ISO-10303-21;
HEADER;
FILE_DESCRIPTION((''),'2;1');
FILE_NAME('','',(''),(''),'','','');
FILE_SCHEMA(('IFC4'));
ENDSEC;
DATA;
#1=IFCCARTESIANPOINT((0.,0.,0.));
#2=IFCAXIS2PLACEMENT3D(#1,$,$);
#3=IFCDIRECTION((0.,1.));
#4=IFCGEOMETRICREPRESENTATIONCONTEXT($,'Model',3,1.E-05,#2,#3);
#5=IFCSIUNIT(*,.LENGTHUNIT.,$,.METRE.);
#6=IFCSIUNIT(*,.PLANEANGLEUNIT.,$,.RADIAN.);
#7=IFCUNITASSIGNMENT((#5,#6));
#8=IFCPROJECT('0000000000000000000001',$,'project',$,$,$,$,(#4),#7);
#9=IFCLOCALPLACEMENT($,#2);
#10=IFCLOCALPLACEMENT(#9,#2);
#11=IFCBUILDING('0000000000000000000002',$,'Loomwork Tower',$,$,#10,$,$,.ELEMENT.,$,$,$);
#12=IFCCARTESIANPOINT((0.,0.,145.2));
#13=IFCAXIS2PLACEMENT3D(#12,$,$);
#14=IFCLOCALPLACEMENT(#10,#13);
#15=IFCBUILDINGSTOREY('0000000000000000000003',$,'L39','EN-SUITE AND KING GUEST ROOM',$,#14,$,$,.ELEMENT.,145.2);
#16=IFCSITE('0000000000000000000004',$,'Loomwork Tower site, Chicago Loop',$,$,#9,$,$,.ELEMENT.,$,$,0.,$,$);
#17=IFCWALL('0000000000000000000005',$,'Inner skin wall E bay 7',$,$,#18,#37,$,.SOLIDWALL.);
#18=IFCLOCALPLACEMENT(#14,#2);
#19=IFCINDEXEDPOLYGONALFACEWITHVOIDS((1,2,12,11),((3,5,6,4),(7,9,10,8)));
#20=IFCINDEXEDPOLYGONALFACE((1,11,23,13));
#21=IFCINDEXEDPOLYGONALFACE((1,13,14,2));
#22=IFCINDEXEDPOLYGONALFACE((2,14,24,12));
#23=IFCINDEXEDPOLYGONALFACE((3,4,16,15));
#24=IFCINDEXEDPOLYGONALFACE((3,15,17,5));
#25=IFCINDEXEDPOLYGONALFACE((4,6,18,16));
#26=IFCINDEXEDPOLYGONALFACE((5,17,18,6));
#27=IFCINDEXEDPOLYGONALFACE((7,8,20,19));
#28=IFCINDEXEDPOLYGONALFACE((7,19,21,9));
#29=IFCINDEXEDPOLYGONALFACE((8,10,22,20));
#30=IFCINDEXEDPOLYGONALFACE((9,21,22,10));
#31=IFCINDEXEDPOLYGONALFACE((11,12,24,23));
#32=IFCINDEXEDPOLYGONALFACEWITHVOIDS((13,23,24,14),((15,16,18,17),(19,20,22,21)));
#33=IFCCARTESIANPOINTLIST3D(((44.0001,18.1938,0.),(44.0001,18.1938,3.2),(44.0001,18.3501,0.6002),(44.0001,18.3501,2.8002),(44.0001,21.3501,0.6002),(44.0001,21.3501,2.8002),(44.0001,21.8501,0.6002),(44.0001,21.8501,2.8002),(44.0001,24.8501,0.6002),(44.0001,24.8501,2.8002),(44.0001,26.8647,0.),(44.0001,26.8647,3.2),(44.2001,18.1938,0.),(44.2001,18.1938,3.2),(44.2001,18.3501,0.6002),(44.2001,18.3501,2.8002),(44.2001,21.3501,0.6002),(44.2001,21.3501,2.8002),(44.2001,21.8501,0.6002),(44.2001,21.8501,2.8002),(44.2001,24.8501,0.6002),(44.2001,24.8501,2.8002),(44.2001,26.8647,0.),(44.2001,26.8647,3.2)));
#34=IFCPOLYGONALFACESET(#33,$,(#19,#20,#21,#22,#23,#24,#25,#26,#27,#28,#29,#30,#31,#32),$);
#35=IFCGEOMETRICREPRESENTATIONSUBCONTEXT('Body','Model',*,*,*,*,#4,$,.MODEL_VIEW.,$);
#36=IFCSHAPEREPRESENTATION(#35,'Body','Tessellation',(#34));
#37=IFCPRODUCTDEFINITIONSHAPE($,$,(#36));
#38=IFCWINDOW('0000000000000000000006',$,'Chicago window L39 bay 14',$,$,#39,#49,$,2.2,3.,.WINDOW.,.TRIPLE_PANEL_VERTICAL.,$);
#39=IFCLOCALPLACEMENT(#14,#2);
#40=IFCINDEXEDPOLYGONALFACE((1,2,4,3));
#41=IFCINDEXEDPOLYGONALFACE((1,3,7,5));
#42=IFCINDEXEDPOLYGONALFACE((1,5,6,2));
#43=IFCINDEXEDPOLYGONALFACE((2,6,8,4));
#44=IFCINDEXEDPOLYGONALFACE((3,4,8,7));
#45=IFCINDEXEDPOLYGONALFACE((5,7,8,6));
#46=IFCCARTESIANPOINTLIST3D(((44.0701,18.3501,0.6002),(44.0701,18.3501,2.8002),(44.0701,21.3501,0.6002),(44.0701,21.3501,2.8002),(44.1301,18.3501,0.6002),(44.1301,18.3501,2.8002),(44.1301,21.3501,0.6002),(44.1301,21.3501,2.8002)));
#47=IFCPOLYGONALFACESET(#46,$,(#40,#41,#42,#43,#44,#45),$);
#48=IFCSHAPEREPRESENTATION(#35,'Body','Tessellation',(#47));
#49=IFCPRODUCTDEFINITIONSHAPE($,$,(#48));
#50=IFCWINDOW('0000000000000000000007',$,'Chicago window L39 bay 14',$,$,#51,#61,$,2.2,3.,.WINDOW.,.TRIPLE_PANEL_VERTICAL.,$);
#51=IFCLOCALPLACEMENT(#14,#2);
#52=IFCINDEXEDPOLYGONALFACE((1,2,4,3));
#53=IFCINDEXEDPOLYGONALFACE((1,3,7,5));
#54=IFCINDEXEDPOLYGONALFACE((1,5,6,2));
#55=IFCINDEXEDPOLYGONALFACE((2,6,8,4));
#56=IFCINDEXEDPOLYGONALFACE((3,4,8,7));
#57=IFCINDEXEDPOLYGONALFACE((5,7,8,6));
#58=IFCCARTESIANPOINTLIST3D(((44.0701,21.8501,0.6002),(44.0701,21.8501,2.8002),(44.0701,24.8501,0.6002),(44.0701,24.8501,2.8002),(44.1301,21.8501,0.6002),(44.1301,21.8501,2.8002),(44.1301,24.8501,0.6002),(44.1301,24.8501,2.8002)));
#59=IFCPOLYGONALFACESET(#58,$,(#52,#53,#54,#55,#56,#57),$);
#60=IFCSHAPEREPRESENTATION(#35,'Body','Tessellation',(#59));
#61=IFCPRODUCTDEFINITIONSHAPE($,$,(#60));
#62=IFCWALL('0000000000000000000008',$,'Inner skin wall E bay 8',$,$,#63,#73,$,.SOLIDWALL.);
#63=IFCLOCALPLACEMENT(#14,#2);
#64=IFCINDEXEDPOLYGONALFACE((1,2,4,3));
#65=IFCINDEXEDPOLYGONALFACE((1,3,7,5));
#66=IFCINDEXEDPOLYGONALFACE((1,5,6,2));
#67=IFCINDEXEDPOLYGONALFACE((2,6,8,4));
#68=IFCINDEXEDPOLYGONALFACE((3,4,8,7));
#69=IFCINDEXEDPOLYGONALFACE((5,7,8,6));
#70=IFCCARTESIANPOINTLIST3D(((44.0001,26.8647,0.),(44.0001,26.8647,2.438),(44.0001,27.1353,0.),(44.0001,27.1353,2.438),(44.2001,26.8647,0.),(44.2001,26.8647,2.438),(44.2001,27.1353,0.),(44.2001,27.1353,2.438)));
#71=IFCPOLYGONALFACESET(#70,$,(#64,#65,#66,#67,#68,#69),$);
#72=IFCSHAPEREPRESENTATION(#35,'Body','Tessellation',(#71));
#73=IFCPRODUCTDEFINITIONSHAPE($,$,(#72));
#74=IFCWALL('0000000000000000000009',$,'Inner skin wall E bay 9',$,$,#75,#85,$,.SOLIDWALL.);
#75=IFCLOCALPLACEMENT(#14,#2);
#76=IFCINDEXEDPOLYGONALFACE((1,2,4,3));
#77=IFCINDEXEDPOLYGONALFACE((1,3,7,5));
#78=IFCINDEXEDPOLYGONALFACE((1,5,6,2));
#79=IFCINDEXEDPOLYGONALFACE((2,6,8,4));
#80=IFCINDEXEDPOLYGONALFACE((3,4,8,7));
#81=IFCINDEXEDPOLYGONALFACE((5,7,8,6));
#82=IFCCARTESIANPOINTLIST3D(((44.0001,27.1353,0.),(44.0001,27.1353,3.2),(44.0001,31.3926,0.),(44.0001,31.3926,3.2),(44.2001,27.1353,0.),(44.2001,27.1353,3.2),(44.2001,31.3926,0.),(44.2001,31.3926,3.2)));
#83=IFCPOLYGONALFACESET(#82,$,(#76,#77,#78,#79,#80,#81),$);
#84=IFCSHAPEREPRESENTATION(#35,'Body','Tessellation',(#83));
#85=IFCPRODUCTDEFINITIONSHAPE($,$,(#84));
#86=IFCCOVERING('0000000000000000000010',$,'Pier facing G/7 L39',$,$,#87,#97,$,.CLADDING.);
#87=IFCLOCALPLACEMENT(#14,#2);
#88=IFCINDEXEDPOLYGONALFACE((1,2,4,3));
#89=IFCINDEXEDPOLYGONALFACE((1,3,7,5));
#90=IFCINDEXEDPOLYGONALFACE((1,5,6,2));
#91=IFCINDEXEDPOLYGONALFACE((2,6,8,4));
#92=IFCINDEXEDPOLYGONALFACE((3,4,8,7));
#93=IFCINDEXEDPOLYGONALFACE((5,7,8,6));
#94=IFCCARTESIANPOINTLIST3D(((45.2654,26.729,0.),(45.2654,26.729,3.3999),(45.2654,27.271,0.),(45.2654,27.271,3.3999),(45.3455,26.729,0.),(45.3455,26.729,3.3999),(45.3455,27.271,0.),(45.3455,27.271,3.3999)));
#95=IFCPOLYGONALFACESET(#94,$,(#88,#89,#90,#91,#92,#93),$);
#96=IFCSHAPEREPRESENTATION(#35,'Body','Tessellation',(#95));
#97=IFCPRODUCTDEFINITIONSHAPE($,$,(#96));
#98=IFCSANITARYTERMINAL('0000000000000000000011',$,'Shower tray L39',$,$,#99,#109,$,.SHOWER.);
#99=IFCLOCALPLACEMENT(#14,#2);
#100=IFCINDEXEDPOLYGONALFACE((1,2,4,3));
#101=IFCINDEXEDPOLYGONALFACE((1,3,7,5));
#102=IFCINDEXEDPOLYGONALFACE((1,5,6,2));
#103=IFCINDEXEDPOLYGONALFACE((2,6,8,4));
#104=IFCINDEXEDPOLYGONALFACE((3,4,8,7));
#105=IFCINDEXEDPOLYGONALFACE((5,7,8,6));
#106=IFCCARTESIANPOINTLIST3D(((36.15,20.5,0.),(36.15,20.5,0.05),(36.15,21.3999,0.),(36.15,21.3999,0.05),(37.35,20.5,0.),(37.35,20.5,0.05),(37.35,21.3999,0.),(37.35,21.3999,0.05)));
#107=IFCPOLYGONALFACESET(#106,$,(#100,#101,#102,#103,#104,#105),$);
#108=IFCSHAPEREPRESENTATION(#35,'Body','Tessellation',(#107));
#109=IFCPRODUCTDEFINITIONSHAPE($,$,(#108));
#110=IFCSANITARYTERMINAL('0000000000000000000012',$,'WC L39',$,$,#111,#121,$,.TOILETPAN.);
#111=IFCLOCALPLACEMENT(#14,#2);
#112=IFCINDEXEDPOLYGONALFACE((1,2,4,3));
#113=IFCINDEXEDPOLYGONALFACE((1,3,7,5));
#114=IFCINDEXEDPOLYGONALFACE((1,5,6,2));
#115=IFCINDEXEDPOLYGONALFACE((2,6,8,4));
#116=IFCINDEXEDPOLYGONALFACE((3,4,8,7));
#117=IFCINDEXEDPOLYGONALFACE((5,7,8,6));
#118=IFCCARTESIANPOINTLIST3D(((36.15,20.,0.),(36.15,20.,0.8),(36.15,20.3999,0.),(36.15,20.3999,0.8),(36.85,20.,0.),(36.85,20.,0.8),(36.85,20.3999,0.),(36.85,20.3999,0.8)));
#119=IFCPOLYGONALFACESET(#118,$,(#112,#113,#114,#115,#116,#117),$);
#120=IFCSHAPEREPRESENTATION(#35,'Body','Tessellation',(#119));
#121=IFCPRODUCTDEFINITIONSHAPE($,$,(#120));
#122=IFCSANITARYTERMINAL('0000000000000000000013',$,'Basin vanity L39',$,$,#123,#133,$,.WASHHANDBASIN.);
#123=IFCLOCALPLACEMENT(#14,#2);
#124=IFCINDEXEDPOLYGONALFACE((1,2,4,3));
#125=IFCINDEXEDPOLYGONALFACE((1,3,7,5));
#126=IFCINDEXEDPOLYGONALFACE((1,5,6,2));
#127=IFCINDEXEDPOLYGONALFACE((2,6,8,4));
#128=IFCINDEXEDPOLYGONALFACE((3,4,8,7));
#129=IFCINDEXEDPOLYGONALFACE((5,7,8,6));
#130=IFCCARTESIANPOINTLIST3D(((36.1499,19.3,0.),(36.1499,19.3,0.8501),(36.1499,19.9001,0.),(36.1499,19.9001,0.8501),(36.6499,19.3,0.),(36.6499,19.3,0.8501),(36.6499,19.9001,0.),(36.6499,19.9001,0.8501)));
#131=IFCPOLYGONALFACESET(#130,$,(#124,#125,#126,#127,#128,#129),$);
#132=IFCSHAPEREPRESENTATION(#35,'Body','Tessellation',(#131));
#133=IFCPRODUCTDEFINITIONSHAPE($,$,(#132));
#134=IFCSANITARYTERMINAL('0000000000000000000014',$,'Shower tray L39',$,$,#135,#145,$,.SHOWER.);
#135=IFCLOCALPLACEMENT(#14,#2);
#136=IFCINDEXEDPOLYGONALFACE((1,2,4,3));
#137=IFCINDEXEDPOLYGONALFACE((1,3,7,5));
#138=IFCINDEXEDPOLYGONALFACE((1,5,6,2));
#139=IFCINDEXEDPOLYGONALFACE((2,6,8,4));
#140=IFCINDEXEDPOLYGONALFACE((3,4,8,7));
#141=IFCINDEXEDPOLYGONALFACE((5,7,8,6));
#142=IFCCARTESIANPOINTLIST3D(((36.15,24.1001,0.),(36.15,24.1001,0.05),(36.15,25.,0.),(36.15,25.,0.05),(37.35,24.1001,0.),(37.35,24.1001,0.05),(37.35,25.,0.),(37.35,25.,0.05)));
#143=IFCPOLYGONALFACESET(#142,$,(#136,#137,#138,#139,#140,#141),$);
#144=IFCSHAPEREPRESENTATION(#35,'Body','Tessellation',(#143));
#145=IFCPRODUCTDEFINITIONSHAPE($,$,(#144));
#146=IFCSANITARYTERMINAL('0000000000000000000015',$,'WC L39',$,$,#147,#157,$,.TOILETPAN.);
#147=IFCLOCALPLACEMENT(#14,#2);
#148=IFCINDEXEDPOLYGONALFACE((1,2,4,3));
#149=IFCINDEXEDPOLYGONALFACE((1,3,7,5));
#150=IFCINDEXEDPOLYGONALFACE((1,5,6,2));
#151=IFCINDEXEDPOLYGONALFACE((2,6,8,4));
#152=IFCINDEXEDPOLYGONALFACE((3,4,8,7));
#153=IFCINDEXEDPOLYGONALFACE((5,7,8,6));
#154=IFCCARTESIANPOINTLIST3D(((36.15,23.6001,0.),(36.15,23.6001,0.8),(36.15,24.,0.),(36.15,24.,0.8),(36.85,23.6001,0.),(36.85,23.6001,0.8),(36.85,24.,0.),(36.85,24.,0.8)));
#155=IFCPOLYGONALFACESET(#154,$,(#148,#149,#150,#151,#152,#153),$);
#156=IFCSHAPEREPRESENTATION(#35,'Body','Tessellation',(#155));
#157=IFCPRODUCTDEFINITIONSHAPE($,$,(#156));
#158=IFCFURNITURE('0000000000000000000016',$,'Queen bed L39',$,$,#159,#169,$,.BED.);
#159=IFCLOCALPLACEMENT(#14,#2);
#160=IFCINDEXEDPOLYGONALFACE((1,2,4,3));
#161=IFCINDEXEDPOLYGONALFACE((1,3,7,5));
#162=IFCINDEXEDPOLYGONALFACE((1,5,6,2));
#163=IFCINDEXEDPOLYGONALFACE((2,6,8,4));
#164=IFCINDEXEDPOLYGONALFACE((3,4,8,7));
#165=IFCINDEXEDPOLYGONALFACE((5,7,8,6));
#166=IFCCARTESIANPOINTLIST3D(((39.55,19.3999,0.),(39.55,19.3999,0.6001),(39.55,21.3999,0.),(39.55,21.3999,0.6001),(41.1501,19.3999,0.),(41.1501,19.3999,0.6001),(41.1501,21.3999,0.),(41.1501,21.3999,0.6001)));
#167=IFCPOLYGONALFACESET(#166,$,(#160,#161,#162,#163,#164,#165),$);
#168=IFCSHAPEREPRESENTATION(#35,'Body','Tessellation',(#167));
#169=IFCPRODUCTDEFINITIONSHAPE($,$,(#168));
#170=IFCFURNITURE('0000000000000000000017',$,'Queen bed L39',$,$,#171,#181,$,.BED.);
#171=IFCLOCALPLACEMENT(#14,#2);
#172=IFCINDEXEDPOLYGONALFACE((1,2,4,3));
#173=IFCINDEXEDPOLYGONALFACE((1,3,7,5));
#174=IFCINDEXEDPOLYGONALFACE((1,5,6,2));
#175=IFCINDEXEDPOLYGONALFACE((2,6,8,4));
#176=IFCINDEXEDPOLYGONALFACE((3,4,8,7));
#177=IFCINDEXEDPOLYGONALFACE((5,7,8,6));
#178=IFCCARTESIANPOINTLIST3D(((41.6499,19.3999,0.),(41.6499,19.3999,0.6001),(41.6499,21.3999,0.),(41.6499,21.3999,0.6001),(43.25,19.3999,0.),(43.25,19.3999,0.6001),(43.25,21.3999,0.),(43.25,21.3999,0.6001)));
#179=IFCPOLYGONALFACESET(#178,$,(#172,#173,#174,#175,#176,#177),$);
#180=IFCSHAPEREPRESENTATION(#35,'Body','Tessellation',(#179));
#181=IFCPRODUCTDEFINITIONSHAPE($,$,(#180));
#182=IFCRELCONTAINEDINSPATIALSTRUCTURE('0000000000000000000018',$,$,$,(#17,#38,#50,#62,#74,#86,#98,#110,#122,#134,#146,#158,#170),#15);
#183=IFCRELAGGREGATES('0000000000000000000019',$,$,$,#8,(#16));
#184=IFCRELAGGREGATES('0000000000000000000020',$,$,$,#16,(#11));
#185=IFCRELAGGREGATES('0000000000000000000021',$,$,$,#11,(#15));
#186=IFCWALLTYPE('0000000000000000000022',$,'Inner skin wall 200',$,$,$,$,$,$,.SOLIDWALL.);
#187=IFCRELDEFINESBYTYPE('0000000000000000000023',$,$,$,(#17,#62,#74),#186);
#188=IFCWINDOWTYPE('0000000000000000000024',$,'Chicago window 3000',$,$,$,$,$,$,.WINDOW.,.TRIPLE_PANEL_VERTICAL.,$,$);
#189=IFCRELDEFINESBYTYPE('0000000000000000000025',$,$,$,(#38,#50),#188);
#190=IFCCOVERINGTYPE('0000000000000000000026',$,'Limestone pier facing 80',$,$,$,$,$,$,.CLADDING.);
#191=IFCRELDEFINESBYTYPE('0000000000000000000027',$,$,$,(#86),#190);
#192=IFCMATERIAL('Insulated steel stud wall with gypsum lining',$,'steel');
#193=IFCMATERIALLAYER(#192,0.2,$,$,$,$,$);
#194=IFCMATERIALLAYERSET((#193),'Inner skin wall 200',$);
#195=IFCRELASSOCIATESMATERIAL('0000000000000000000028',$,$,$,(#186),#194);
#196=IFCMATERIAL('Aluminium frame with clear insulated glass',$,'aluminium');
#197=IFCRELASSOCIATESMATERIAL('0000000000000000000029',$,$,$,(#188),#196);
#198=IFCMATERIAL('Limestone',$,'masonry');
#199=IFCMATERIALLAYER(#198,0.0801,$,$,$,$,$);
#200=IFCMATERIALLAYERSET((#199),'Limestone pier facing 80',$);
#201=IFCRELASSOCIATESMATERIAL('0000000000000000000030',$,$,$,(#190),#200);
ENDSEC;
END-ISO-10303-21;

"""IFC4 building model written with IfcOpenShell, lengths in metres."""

from ifc_helpers import new_model, si_unit, direction, frame, frame_2d, origin, origin_2d, place, context, subcontext, project, spatial, rectangle, extrude, material, layer, layer_set, type_object, element, fill, save


model = new_model("IFC4")

# Units and contexts
model_context = context("Model", 3, precision=1e-05, world=origin(), true_north=direction((0.0, 1.0)))
body_context = subcontext(model_context, "Body", "Model", "MODEL_VIEW")
ifc_project = project(units=[si_unit("LENGTHUNIT", "METRE"), si_unit("PLANEANGLEUNIT", "RADIAN")], contexts=[model_context])

# Site, building, storey
site_placement = place(None, origin())
site = spatial("IfcSite", under=ifc_project, at=site_placement, Name="Loomwork Tower site, Chicago Loop", CompositionType="ELEMENT", RefElevation=0.0)
building_placement = place(site_placement, origin())
building = spatial("IfcBuilding", under=site, at=building_placement, Name="Loomwork Tower", CompositionType="ELEMENT")
storey_placement = place(building_placement, frame((0.0, 0.0, 145.2)))
storey = spatial("IfcBuildingStorey", under=building, at=storey_placement, Name="L39", Description="EN-SUITE AND KING GUEST ROOM", CompositionType="ELEMENT", Elevation=145.2)

# Wall, openings, windows
ifc_material_1 = material(Name="Insulated steel stud wall with gypsum lining", Category="steel")
ifc_layer_1 = layer(ifc_material_1, 0.2)
ifc_layer_set_1 = layer_set([ifc_layer_1], Name="Inner skin wall 200")
wall_type_1 = type_object("IfcWallType", Name="Inner skin wall 200", PredefinedType="SOLIDWALL", material=ifc_layer_set_1)
wall_1_placement = place(storey_placement, frame((44.1001, 18.1938, 0.0), z_axis=(0.0, 0.0, 1.0), x_axis=(0.0, 1.0, 0.0)))
wall_1 = element("IfcWall", 1, at=wall_1_placement, inside=storey, type_object=wall_type_1, Name="Inner skin wall E bay 7", PredefinedType="SOLIDWALL", context=body_context, shape_type="SweptSolid", body=[
    extrude(rectangle(XDim=8.6709, YDim=0.2, at=frame_2d((4.3354, 0.0))), origin(), (0.0, 0.0, 1.0), 3.2),
])
opening_1_placement = place(wall_1_placement, frame((0.1562, 0.0, 0.6001)))
opening_1 = element("IfcOpeningElement", 2, at=opening_1_placement, cuts=wall_1, PredefinedType="OPENING", context=body_context, shape_type="SweptSolid", body=[
    extrude(rectangle(XDim=3.0, YDim=2.2, at=frame_2d((1.5, 1.1001))), frame((0.0, 0.1099, 0.0), z_axis=(0.0, -1.0, 0.0), x_axis=(1.0, 0.0, 0.0)), (0.0, 0.0, 1.0), 0.22),
])
opening_2_placement = place(wall_1_placement, frame((3.6562, 0.0, 0.6001)))
opening_2 = element("IfcOpeningElement", 3, at=opening_2_placement, cuts=wall_1, PredefinedType="OPENING", context=body_context, shape_type="SweptSolid", body=[
    extrude(rectangle(XDim=3.0, YDim=2.2, at=frame_2d((1.5, 1.1001))), frame((0.0, 0.1099, 0.0), z_axis=(0.0, -1.0, 0.0), x_axis=(1.0, 0.0, 0.0)), (0.0, 0.0, 1.0), 0.22),
])
ifc_material_2 = material(Name="Aluminium frame with clear insulated glass", Category="aluminium")
window_type = type_object("IfcWindowType", Name="Chicago window 3000", PartitioningType="TRIPLE_PANEL_VERTICAL", PredefinedType="WINDOW", material=ifc_material_2)
window_1_placement = place(opening_1_placement, origin())
window_1 = element("IfcWindow", 4, at=window_1_placement, inside=storey, type_object=window_type, Name="Chicago window L39 bay 14", OverallHeight=2.2, OverallWidth=3.0, PartitioningType="TRIPLE_PANEL_VERTICAL", PredefinedType="WINDOW", context=body_context, shape_type="SweptSolid", body=[
    extrude(rectangle(XDim=3.0, YDim=2.2, at=frame_2d((1.5, 1.1001))), frame((0.0, 0.03, 0.0), z_axis=(0.0, -1.0, 0.0), x_axis=(1.0, 0.0, 0.0)), (0.0, 0.0, 1.0), 0.0601),
])
fill(opening_1, window_1)
window_2_placement = place(opening_2_placement, origin())
window_2 = element("IfcWindow", 5, at=window_2_placement, inside=storey, type_object=window_type, Name="Chicago window L39 bay 14", OverallHeight=2.2, OverallWidth=3.0, PartitioningType="TRIPLE_PANEL_VERTICAL", PredefinedType="WINDOW", context=body_context, shape_type="SweptSolid", body=[
    extrude(rectangle(XDim=3.0, YDim=2.2, at=frame_2d((1.5, 1.1001))), frame((0.0, 0.03, 0.0), z_axis=(0.0, -1.0, 0.0), x_axis=(1.0, 0.0, 0.0)), (0.0, 0.0, 1.0), 0.0601),
])
fill(opening_2, window_2)

# Walls
wall_2_placement = place(storey_placement, frame((44.1001, 26.8647, 0.0), z_axis=(0.0, 0.0, 1.0), x_axis=(0.0, 1.0, 0.0)))
element("IfcWall", 6, at=wall_2_placement, inside=storey, type_object=wall_type_1, Name="Inner skin wall E bay 8", PredefinedType="SOLIDWALL", context=body_context, shape_type="SweptSolid", body=[
    extrude(rectangle(XDim=0.2705, YDim=0.2, at=frame_2d((0.1353, 0.0))), origin(), (0.0, 0.0, 1.0), 2.438),
])
wall_3_placement = place(storey_placement, frame((44.1001, 27.1353, 0.0), z_axis=(0.0, 0.0, 1.0), x_axis=(0.0, 1.0, 0.0)))
element("IfcWall", 7, at=wall_3_placement, inside=storey, type_object=wall_type_1, Name="Inner skin wall E bay 9", PredefinedType="SOLIDWALL", context=body_context, shape_type="SweptSolid", body=[
    extrude(rectangle(XDim=4.2573, YDim=0.2, at=frame_2d((2.1287, 0.0))), origin(), (0.0, 0.0, 1.0), 3.2),
])

# Covering
ifc_material_3 = material(Name="Limestone", Category="masonry")
ifc_layer_2 = layer(ifc_material_3, 0.0801)
ifc_layer_set_2 = layer_set([ifc_layer_2], Name="Limestone pier facing 80")
covering_type = type_object("IfcCoveringType", Name="Limestone pier facing 80", PredefinedType="CLADDING", material=ifc_layer_set_2)
covering_placement = place(storey_placement, frame((45.3054, 27.0, 0.0), z_axis=(0.0, 0.0, 1.0), x_axis=(1.0, 0.0, 0.0)))
element("IfcCovering", 8, at=covering_placement, inside=storey, type_object=covering_type, Name="Pier facing G/7 L39", PredefinedType="CLADDING", context=body_context, shape_type="SweptSolid", body=[
    extrude(rectangle(XDim=0.0801, YDim=0.542, at=origin_2d()), origin(), (0.0, 0.0, 1.0), 3.3999),
])

# Sanitary terminals
sanitary_terminal_1_placement = place(storey_placement, frame((36.75, 20.95, 0.0), z_axis=(0.0, 0.0, 1.0), x_axis=(1.0, 0.0, 0.0)))
element("IfcSanitaryTerminal", 9, at=sanitary_terminal_1_placement, inside=storey, Name="Shower tray L39", PredefinedType="SHOWER", context=body_context, shape_type="SweptSolid", body=[
    extrude(rectangle(XDim=1.2, YDim=0.8999, at=origin_2d()), origin(), (0.0, 0.0, 1.0), 0.05),
])
sanitary_terminal_2_placement = place(storey_placement, frame((36.5, 20.2, 0.0), z_axis=(0.0, 0.0, 1.0), x_axis=(1.0, 0.0, 0.0)))
element("IfcSanitaryTerminal", 10, at=sanitary_terminal_2_placement, inside=storey, Name="WC L39", PredefinedType="TOILETPAN", context=body_context, shape_type="SweptSolid", body=[
    extrude(rectangle(XDim=0.7, YDim=0.3999, at=origin_2d()), origin(), (0.0, 0.0, 1.0), 0.8),
])
sanitary_terminal_3_placement = place(storey_placement, frame((36.3999, 19.6001, 0.0), z_axis=(0.0, 0.0, 1.0), x_axis=(1.0, 0.0, 0.0)))
element("IfcSanitaryTerminal", 11, at=sanitary_terminal_3_placement, inside=storey, Name="Basin vanity L39", PredefinedType="WASHHANDBASIN", context=body_context, shape_type="SweptSolid", body=[
    extrude(rectangle(XDim=0.5, YDim=0.6001, at=origin_2d()), origin(), (0.0, 0.0, 1.0), 0.8501),
])
sanitary_terminal_4_placement = place(storey_placement, frame((36.75, 24.55, 0.0), z_axis=(0.0, 0.0, 1.0), x_axis=(1.0, 0.0, 0.0)))
element("IfcSanitaryTerminal", 12, at=sanitary_terminal_4_placement, inside=storey, Name="Shower tray L39", PredefinedType="SHOWER", context=body_context, shape_type="SweptSolid", body=[
    extrude(rectangle(XDim=1.2, YDim=0.8999, at=origin_2d()), origin(), (0.0, 0.0, 1.0), 0.05),
])
sanitary_terminal_5_placement = place(storey_placement, frame((36.5, 23.8, 0.0), z_axis=(0.0, 0.0, 1.0), x_axis=(1.0, 0.0, 0.0)))
element("IfcSanitaryTerminal", 13, at=sanitary_terminal_5_placement, inside=storey, Name="WC L39", PredefinedType="TOILETPAN", context=body_context, shape_type="SweptSolid", body=[
    extrude(rectangle(XDim=0.7, YDim=0.3999, at=origin_2d()), origin(), (0.0, 0.0, 1.0), 0.8),
])

# Furniture
for number, where, z_axis, x_axis, name in (
    (14, (40.3501, 20.3999, 0.0), (0.0, 0.0, 1.0), (1.0, 0.0, 0.0), "Queen bed L39"),
    (15, (42.45, 20.3999, 0.0), (0.0, 0.0, 1.0), (1.0, 0.0, 0.0), "Queen bed L39"),
):
    element("IfcFurniture", number, at=place(storey_placement, frame(where, z_axis=z_axis, x_axis=x_axis)), inside=storey, Name=name, PredefinedType="BED", context=body_context, shape_type="SweptSolid", body=[
        extrude(rectangle(XDim=1.6001, YDim=2.0, at=origin_2d()), origin(), (0.0, 0.0, 1.0), 0.6001),
    ])

save(model, "model.ifc")
